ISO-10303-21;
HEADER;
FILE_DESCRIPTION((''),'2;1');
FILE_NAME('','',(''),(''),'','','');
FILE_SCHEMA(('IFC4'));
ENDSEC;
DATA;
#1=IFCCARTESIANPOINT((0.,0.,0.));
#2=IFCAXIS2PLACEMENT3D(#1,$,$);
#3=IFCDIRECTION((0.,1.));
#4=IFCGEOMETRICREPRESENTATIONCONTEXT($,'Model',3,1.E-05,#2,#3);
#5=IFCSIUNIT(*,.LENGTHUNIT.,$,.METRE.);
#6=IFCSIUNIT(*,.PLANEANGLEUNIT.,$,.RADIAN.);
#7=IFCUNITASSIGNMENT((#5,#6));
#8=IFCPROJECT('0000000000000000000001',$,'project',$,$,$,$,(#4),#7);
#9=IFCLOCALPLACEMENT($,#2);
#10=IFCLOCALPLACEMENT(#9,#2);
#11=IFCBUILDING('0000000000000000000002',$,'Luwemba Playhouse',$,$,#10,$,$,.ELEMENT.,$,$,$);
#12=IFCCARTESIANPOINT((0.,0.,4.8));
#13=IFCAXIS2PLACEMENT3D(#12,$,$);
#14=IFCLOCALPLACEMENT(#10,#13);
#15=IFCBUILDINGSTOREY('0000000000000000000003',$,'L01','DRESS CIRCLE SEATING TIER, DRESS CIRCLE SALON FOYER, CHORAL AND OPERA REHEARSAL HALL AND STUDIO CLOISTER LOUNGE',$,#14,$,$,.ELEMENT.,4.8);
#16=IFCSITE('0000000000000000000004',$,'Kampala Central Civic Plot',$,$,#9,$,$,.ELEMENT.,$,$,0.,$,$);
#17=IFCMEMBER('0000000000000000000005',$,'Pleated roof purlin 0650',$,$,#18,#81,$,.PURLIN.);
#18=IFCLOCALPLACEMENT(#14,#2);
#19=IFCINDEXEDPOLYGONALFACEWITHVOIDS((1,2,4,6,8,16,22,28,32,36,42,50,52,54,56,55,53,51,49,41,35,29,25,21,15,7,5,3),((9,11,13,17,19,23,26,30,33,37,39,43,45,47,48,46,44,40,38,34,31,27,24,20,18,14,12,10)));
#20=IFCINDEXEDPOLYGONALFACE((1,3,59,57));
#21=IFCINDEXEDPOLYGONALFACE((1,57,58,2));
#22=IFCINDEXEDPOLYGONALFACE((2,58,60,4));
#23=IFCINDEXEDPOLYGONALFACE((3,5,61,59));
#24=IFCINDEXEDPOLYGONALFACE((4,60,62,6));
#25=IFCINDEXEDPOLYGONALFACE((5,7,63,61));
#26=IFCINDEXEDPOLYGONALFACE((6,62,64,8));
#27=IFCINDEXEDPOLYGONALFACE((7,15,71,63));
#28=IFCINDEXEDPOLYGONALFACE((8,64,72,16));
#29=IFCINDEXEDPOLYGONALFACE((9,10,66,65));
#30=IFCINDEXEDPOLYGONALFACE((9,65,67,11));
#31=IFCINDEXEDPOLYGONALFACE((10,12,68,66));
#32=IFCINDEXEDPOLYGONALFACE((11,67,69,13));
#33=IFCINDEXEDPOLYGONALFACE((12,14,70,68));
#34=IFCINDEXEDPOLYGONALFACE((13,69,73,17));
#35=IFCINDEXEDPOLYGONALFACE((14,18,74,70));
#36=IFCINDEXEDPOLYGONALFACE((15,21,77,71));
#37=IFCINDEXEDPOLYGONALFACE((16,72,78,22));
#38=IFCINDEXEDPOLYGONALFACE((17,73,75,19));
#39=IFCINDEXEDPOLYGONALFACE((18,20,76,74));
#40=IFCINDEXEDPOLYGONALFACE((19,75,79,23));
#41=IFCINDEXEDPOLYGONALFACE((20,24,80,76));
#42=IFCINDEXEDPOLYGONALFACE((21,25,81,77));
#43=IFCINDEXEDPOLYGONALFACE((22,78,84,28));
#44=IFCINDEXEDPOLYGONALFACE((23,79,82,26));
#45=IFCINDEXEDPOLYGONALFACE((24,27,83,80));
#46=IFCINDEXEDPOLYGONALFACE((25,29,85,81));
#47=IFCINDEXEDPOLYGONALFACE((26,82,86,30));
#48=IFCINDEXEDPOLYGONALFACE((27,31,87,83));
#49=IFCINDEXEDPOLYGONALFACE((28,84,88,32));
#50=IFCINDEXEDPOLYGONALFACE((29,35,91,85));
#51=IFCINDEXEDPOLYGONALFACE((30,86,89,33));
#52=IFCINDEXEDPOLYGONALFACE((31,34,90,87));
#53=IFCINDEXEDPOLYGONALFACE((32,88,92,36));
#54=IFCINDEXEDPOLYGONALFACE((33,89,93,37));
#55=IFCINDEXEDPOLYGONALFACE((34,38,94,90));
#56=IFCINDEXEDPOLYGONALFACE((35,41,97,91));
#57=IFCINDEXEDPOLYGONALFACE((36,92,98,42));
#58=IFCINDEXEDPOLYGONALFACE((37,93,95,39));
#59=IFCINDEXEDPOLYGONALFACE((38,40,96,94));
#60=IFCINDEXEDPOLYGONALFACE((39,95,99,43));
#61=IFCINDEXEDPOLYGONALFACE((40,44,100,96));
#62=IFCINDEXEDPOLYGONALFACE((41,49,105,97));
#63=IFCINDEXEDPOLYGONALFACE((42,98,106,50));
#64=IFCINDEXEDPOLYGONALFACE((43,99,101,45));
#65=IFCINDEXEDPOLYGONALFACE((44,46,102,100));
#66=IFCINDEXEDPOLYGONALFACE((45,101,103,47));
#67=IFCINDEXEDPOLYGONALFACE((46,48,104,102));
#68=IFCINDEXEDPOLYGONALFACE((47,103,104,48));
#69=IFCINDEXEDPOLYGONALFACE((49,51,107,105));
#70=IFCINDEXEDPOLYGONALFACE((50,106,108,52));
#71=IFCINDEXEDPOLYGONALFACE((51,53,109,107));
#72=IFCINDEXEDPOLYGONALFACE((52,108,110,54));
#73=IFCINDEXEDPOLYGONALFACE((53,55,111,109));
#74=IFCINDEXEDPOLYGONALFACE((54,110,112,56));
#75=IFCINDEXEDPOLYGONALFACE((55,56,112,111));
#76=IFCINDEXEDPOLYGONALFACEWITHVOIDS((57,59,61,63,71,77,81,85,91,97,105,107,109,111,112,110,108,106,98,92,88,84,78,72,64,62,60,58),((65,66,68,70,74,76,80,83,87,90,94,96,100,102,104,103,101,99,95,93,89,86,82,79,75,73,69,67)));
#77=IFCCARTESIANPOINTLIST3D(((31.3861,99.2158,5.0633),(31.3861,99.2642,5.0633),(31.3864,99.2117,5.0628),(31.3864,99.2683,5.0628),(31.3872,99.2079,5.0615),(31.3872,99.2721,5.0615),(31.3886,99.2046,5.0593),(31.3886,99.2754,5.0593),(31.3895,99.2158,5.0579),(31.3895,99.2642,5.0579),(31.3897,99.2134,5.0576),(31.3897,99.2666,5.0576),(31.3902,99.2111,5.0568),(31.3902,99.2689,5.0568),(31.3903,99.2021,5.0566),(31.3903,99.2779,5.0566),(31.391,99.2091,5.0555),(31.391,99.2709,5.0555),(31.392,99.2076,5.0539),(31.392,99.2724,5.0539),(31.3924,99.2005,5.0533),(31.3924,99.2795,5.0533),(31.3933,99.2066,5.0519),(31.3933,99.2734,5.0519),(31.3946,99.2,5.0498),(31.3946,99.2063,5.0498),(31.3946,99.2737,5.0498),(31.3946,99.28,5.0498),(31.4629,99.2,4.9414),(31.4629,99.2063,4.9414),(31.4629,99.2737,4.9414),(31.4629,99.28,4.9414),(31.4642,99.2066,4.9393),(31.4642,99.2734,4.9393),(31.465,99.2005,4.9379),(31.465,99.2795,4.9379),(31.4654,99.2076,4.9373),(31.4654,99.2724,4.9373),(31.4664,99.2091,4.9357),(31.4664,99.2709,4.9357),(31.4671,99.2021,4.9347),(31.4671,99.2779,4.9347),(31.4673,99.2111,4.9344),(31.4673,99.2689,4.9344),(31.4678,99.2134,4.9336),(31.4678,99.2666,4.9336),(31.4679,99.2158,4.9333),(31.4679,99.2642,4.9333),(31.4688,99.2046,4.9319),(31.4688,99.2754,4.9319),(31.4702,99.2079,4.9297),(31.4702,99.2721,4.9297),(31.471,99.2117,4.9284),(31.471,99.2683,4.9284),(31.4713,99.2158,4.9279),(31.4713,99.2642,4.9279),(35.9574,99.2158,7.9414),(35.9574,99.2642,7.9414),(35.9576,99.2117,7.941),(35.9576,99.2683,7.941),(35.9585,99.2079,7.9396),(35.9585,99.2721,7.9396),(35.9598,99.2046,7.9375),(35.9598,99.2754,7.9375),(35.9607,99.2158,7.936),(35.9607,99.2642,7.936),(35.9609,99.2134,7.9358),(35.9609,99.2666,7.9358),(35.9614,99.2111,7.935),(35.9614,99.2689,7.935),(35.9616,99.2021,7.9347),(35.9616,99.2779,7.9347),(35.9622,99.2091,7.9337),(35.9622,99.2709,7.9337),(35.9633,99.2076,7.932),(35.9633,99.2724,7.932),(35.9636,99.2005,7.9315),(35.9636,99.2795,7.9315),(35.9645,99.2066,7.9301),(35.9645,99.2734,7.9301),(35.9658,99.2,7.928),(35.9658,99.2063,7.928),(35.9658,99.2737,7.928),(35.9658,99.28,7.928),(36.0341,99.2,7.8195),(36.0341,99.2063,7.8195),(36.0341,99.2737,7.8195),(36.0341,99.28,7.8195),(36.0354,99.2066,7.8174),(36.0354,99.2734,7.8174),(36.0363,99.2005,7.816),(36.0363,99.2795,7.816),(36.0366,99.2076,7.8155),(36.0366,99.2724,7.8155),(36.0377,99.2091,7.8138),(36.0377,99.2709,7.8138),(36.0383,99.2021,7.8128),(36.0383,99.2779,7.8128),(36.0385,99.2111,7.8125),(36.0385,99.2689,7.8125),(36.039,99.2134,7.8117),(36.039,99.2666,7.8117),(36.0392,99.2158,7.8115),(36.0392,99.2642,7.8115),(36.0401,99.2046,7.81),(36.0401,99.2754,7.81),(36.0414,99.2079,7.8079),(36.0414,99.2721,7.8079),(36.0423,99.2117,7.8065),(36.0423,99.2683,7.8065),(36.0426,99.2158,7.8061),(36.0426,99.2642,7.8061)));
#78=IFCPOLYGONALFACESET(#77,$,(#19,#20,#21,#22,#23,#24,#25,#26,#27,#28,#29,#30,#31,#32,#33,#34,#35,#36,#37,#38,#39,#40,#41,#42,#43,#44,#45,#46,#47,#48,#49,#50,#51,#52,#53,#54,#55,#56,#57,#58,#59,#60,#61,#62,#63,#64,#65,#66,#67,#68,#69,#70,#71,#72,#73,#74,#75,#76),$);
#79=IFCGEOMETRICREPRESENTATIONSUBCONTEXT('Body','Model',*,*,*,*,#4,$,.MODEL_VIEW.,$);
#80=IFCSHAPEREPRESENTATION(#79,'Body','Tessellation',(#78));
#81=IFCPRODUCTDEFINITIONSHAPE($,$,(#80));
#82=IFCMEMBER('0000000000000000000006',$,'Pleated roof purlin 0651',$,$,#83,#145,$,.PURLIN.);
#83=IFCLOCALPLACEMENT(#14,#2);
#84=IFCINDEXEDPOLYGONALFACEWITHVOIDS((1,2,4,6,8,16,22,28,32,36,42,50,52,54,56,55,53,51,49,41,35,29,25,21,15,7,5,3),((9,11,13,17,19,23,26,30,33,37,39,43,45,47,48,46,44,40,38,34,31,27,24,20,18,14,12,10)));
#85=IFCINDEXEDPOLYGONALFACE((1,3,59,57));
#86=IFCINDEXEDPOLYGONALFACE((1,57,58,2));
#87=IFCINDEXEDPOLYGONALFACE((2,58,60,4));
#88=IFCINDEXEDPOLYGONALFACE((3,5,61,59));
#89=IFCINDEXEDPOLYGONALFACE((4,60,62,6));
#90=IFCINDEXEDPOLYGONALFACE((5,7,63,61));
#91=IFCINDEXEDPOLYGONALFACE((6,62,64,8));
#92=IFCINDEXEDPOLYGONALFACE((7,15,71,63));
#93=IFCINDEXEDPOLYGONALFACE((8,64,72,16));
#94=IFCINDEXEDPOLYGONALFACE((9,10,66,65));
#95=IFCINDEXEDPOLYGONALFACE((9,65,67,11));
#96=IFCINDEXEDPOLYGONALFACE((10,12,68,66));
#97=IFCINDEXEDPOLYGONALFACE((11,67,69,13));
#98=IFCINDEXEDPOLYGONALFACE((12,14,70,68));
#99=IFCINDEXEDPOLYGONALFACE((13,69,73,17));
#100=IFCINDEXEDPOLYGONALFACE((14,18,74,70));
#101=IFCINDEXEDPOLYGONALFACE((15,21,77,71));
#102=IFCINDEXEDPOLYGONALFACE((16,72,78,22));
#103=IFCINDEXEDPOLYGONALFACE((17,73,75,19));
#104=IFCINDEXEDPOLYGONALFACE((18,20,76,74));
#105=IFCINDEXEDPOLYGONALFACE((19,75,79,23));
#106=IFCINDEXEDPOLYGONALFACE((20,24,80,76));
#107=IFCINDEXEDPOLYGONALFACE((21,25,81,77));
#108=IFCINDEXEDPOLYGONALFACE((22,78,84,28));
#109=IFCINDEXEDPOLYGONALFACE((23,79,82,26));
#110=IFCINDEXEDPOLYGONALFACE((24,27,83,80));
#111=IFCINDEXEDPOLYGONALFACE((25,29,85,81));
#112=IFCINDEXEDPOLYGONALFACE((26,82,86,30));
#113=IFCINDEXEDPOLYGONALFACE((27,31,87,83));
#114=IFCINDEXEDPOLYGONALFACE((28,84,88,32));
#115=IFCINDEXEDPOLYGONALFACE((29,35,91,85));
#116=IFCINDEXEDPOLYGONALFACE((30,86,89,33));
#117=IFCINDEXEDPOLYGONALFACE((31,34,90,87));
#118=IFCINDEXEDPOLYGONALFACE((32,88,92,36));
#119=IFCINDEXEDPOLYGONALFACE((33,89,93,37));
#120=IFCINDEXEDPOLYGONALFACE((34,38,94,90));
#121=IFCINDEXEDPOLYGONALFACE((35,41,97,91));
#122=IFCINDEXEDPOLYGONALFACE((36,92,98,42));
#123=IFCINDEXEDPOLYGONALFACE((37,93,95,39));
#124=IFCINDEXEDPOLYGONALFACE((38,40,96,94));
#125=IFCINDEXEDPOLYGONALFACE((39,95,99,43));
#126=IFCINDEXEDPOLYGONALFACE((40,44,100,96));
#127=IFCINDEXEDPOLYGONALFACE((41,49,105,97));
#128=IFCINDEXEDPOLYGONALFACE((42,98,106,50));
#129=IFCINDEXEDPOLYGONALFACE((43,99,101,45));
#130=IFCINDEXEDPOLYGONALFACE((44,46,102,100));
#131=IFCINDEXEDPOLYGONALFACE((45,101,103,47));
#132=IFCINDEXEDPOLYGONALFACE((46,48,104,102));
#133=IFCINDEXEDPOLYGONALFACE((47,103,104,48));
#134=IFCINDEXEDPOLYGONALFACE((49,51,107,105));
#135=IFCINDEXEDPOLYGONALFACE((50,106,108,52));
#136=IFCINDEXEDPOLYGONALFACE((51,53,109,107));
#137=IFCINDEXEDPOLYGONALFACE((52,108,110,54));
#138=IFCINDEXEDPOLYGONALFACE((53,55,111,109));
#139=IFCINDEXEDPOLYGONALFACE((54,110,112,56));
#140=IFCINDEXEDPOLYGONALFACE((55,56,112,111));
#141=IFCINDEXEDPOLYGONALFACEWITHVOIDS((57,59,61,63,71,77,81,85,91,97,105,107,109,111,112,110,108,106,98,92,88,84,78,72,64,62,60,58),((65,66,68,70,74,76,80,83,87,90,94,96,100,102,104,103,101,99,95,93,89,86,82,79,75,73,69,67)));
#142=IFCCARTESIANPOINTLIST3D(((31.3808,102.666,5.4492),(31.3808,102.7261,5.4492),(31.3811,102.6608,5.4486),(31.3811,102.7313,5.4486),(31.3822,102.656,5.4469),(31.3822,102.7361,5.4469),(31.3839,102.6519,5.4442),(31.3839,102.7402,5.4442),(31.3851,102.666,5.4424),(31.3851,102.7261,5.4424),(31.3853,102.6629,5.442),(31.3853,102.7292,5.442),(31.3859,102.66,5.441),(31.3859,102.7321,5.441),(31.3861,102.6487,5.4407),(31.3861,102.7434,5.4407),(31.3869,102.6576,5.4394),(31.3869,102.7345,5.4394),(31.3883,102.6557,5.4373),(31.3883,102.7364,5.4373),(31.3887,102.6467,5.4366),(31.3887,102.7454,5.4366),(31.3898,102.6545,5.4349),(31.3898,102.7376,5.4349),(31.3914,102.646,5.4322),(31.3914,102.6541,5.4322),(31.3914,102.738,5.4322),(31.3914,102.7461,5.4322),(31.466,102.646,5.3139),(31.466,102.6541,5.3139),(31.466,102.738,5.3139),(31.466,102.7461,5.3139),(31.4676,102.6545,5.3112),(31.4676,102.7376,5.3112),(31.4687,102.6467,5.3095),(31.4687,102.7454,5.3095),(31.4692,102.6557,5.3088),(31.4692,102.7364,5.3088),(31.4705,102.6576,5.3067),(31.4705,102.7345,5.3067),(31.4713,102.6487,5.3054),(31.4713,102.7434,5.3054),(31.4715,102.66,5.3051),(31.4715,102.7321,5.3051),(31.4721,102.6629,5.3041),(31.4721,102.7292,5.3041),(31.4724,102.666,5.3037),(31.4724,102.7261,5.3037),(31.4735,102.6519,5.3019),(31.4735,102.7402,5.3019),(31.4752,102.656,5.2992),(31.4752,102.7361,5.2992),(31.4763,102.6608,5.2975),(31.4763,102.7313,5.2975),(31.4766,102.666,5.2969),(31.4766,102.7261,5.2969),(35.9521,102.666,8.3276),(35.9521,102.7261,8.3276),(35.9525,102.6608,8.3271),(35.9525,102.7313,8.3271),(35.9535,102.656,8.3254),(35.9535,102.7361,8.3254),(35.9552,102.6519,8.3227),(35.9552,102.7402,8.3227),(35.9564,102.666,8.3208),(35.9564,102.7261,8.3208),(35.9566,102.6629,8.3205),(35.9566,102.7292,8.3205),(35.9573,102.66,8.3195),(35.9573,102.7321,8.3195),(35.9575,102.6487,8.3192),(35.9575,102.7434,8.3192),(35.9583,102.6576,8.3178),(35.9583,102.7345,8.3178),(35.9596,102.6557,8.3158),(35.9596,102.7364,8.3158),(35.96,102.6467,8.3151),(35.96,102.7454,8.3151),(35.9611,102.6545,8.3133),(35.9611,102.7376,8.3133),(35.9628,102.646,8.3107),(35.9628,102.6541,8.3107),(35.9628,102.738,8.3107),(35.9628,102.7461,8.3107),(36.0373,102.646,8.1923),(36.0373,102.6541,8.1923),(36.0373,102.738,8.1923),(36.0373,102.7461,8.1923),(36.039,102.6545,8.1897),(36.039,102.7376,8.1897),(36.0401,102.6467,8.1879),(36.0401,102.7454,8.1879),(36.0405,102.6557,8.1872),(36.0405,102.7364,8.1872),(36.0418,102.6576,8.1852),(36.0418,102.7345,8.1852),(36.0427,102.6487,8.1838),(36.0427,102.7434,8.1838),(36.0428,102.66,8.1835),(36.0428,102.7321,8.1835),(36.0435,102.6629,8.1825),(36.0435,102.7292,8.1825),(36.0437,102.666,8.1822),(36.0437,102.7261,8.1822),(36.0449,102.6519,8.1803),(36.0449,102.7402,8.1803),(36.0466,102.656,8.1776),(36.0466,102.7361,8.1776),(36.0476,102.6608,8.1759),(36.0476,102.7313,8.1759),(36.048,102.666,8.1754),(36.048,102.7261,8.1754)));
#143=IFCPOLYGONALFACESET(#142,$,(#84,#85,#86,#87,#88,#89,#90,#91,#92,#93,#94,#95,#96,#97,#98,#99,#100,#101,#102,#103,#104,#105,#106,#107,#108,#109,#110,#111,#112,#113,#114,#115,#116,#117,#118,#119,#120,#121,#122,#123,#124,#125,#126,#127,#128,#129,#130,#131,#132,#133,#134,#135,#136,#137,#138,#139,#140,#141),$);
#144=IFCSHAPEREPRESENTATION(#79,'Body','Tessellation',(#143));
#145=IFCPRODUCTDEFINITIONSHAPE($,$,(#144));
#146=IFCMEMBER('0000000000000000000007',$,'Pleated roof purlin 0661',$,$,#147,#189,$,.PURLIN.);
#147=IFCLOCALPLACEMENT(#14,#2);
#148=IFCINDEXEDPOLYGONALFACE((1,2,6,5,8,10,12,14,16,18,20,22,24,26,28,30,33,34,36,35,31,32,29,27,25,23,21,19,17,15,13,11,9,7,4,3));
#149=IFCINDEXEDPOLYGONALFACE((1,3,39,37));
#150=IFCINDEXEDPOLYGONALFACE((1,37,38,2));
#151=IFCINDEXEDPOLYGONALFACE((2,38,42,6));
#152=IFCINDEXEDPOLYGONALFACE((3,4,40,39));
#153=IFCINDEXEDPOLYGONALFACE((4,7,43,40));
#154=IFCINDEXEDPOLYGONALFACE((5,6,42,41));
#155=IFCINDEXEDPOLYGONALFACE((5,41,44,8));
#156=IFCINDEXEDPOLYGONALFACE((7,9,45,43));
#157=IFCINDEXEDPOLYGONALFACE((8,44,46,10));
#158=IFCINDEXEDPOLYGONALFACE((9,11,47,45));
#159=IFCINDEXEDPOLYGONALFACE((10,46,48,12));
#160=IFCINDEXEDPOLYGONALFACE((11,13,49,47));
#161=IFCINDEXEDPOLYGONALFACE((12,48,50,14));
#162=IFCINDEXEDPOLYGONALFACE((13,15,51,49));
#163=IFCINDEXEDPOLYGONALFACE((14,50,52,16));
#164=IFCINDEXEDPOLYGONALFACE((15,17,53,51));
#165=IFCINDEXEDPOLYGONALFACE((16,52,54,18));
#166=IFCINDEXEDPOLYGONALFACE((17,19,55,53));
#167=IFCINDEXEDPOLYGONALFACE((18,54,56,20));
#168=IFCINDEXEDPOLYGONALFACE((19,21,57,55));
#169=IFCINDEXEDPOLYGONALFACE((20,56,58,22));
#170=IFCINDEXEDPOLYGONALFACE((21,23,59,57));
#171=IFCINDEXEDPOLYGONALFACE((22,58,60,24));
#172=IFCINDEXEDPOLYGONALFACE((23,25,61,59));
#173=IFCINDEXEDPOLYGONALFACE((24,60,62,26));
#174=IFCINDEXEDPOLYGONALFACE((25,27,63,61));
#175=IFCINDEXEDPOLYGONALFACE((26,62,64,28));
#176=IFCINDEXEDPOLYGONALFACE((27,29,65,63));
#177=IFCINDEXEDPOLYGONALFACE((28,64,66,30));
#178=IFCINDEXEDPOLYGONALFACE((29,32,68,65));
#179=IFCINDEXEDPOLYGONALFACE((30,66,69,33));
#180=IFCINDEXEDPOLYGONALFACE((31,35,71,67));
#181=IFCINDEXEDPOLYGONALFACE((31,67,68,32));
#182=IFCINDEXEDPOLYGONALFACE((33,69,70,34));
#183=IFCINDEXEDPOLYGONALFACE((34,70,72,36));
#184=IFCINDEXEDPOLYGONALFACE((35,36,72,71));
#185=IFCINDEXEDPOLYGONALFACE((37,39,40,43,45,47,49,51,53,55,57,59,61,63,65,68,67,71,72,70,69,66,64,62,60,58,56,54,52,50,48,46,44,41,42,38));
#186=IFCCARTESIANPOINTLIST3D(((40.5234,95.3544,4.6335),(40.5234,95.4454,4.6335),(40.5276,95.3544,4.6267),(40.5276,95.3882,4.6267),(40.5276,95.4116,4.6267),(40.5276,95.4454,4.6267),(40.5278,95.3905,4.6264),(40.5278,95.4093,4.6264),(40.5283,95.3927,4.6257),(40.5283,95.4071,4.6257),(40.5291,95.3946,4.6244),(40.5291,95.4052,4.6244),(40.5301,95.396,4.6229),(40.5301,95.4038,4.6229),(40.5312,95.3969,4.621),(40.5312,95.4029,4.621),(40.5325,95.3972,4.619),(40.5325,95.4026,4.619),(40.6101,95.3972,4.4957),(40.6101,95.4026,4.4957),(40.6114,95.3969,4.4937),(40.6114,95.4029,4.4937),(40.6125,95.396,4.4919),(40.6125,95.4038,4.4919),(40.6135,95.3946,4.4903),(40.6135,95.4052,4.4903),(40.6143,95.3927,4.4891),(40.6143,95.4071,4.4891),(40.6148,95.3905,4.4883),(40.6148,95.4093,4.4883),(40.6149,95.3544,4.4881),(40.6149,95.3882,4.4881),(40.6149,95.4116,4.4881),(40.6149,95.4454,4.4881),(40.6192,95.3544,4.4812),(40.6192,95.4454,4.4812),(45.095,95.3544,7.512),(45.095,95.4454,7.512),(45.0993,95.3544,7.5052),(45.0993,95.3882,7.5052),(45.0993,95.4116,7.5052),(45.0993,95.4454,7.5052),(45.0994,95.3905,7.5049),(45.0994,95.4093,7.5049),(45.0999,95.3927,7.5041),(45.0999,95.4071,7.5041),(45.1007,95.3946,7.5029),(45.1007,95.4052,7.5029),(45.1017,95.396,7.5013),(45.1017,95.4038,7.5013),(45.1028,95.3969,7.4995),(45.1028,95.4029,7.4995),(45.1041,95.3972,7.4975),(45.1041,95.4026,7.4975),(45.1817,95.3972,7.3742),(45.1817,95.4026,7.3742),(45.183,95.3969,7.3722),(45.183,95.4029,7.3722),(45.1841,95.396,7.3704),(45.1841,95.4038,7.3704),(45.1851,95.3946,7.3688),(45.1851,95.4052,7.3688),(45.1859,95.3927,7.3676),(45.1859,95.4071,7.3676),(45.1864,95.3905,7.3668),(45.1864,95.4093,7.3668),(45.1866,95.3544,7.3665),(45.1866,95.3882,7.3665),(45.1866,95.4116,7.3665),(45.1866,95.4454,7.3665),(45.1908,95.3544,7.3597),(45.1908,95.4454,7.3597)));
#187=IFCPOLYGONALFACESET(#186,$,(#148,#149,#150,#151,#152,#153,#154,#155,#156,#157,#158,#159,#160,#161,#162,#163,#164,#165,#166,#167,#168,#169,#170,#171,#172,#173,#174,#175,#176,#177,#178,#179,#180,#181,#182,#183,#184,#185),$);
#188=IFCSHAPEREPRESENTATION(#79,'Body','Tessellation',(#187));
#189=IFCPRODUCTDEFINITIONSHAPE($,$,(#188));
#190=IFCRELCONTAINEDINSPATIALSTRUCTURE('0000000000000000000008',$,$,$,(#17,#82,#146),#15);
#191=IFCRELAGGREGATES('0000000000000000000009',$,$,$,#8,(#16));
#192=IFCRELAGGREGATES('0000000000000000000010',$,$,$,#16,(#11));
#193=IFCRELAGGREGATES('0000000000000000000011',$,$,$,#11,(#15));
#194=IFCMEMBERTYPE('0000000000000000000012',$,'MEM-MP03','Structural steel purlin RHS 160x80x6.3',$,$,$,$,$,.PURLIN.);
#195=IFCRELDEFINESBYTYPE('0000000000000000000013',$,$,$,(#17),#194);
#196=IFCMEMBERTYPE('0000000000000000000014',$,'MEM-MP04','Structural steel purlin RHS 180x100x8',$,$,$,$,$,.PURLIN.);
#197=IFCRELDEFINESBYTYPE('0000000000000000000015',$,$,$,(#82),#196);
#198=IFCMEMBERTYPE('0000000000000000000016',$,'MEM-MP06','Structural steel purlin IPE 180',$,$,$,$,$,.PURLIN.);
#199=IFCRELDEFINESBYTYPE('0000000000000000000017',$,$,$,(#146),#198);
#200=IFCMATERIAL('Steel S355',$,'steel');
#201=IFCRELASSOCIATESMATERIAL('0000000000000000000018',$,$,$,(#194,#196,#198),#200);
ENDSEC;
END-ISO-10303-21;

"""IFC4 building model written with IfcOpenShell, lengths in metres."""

from ifc_helpers import new_model, si_unit, direction, frame, origin, origin_2d, place, context, subcontext, project, spatial, hollow_rectangle, i_section, extrude, material, material_profile, profile_set, type_object, element, save


model = new_model("IFC4")

# Units and contexts
model_context = context("Model", 3, precision=1e-05, world=origin(), true_north=direction((0.0, 1.0)))
body_context = subcontext(model_context, "Body", "Model", "MODEL_VIEW")
ifc_project = project(units=[si_unit("LENGTHUNIT", "METRE"), si_unit("PLANEANGLEUNIT", "RADIAN")], contexts=[model_context])

# Site, building, storey
site_placement = place(None, origin())
site = spatial("IfcSite", under=ifc_project, at=site_placement, Name="Kampala Central Civic Plot", CompositionType="ELEMENT", RefElevation=0.0)
building_placement = place(site_placement, origin())
building = spatial("IfcBuilding", under=site, at=building_placement, Name="Luwemba Playhouse", CompositionType="ELEMENT")
storey_placement = place(building_placement, frame((0.0, 0.0, 4.8)))
storey = spatial("IfcBuildingStorey", under=building, at=storey_placement, Name="L01", Description="DRESS CIRCLE SEATING TIER, DRESS CIRCLE SALON FOYER, CHORAL AND OPERA REHEARSAL HALL AND STUDIO CLOISTER LOUNGE", CompositionType="ELEMENT", Elevation=4.8)

# Shared definitions
ifc_material_1 = material(Name="Steel S355", Category="steel")

# Members
ifc_material_profile_1 = material_profile(ifc_material_1, hollow_rectangle(XDim=0.0801, YDim=0.1599, WallThickness=0.0063, InnerFilletRadius=0.0095, OuterFilletRadius=0.0159, at=origin_2d()))
ifc_profile_set_1 = profile_set([ifc_material_profile_1], Name="Steel S355")
member_type_1 = type_object("IfcMemberType", Name="MEM-MP03", Description="Structural steel purlin RHS 160x80x6.3", PredefinedType="PURLIN", material=ifc_profile_set_1)
member_1_placement = place(storey_placement, frame((31.4287, 99.24, 4.9956), z_axis=(0.846237, 0.0, 0.532807), x_axis=(0.0, 1.0, 0.0)))
element("IfcMember", 1, at=member_1_placement, inside=storey, type_object=member_type_1, Name="Pleated roof purlin 0650", PredefinedType="PURLIN", context=body_context, shape_type="SweptSolid", body=[
    extrude(hollow_rectangle(XDim=0.0801, YDim=0.1599, WallThickness=0.0063, InnerFilletRadius=0.0095, OuterFilletRadius=0.0159, at=origin_2d()), origin(), (0.0, 0.0, 1.0), 5.4019),
])
ifc_material_profile_2 = material_profile(ifc_material_1, hollow_rectangle(XDim=0.1001, YDim=0.1799, WallThickness=0.0081, InnerFilletRadius=0.012, OuterFilletRadius=0.02, at=origin_2d()))
ifc_profile_set_2 = profile_set([ifc_material_profile_2], Name="Steel S355")
member_type_2 = type_object("IfcMemberType", Name="MEM-MP04", Description="Structural steel purlin RHS 180x100x8", PredefinedType="PURLIN", material=ifc_profile_set_2)
member_2_placement = place(storey_placement, frame((31.4287, 102.696, 5.373), z_axis=(0.846216, 0.0, 0.53284), x_axis=(0.0, 1.0, 0.0)))
element("IfcMember", 2, at=member_2_placement, inside=storey, type_object=member_type_2, Name="Pleated roof purlin 0651", PredefinedType="PURLIN", context=body_context, shape_type="SweptSolid", body=[
    extrude(hollow_rectangle(XDim=0.1001, YDim=0.1799, WallThickness=0.0081, InnerFilletRadius=0.012, OuterFilletRadius=0.02, at=origin_2d()), origin(), (0.0, 0.0, 1.0), 5.4021),
])
ifc_material_profile_3 = material_profile(ifc_material_1, i_section(OverallWidth=0.0911, OverallDepth=0.1799, WebThickness=0.0054, FlangeThickness=0.0081, FilletRadius=0.009, at=origin_2d()))
ifc_profile_set_3 = profile_set([ifc_material_profile_3], Name="Steel S355")
member_type_3 = type_object("IfcMemberType", Name="MEM-MP06", Description="Structural steel purlin IPE 180", PredefinedType="PURLIN", material=ifc_profile_set_3)
member_3_placement = place(storey_placement, frame((40.5713, 95.3999, 4.5574), z_axis=(0.846229, 0.0, 0.532819), x_axis=(0.0, 1.0, 0.0)))
element("IfcMember", 3, at=member_3_placement, inside=storey, type_object=member_type_3, Name="Pleated roof purlin 0661", PredefinedType="PURLIN", context=body_context, shape_type="SweptSolid", body=[
    extrude(i_section(OverallWidth=0.0911, OverallDepth=0.1799, WebThickness=0.0054, FlangeThickness=0.0081, FilletRadius=0.009, at=origin_2d()), origin(), (0.0, 0.0, 1.0), 5.4023),
])

save(model, "model.ifc")
